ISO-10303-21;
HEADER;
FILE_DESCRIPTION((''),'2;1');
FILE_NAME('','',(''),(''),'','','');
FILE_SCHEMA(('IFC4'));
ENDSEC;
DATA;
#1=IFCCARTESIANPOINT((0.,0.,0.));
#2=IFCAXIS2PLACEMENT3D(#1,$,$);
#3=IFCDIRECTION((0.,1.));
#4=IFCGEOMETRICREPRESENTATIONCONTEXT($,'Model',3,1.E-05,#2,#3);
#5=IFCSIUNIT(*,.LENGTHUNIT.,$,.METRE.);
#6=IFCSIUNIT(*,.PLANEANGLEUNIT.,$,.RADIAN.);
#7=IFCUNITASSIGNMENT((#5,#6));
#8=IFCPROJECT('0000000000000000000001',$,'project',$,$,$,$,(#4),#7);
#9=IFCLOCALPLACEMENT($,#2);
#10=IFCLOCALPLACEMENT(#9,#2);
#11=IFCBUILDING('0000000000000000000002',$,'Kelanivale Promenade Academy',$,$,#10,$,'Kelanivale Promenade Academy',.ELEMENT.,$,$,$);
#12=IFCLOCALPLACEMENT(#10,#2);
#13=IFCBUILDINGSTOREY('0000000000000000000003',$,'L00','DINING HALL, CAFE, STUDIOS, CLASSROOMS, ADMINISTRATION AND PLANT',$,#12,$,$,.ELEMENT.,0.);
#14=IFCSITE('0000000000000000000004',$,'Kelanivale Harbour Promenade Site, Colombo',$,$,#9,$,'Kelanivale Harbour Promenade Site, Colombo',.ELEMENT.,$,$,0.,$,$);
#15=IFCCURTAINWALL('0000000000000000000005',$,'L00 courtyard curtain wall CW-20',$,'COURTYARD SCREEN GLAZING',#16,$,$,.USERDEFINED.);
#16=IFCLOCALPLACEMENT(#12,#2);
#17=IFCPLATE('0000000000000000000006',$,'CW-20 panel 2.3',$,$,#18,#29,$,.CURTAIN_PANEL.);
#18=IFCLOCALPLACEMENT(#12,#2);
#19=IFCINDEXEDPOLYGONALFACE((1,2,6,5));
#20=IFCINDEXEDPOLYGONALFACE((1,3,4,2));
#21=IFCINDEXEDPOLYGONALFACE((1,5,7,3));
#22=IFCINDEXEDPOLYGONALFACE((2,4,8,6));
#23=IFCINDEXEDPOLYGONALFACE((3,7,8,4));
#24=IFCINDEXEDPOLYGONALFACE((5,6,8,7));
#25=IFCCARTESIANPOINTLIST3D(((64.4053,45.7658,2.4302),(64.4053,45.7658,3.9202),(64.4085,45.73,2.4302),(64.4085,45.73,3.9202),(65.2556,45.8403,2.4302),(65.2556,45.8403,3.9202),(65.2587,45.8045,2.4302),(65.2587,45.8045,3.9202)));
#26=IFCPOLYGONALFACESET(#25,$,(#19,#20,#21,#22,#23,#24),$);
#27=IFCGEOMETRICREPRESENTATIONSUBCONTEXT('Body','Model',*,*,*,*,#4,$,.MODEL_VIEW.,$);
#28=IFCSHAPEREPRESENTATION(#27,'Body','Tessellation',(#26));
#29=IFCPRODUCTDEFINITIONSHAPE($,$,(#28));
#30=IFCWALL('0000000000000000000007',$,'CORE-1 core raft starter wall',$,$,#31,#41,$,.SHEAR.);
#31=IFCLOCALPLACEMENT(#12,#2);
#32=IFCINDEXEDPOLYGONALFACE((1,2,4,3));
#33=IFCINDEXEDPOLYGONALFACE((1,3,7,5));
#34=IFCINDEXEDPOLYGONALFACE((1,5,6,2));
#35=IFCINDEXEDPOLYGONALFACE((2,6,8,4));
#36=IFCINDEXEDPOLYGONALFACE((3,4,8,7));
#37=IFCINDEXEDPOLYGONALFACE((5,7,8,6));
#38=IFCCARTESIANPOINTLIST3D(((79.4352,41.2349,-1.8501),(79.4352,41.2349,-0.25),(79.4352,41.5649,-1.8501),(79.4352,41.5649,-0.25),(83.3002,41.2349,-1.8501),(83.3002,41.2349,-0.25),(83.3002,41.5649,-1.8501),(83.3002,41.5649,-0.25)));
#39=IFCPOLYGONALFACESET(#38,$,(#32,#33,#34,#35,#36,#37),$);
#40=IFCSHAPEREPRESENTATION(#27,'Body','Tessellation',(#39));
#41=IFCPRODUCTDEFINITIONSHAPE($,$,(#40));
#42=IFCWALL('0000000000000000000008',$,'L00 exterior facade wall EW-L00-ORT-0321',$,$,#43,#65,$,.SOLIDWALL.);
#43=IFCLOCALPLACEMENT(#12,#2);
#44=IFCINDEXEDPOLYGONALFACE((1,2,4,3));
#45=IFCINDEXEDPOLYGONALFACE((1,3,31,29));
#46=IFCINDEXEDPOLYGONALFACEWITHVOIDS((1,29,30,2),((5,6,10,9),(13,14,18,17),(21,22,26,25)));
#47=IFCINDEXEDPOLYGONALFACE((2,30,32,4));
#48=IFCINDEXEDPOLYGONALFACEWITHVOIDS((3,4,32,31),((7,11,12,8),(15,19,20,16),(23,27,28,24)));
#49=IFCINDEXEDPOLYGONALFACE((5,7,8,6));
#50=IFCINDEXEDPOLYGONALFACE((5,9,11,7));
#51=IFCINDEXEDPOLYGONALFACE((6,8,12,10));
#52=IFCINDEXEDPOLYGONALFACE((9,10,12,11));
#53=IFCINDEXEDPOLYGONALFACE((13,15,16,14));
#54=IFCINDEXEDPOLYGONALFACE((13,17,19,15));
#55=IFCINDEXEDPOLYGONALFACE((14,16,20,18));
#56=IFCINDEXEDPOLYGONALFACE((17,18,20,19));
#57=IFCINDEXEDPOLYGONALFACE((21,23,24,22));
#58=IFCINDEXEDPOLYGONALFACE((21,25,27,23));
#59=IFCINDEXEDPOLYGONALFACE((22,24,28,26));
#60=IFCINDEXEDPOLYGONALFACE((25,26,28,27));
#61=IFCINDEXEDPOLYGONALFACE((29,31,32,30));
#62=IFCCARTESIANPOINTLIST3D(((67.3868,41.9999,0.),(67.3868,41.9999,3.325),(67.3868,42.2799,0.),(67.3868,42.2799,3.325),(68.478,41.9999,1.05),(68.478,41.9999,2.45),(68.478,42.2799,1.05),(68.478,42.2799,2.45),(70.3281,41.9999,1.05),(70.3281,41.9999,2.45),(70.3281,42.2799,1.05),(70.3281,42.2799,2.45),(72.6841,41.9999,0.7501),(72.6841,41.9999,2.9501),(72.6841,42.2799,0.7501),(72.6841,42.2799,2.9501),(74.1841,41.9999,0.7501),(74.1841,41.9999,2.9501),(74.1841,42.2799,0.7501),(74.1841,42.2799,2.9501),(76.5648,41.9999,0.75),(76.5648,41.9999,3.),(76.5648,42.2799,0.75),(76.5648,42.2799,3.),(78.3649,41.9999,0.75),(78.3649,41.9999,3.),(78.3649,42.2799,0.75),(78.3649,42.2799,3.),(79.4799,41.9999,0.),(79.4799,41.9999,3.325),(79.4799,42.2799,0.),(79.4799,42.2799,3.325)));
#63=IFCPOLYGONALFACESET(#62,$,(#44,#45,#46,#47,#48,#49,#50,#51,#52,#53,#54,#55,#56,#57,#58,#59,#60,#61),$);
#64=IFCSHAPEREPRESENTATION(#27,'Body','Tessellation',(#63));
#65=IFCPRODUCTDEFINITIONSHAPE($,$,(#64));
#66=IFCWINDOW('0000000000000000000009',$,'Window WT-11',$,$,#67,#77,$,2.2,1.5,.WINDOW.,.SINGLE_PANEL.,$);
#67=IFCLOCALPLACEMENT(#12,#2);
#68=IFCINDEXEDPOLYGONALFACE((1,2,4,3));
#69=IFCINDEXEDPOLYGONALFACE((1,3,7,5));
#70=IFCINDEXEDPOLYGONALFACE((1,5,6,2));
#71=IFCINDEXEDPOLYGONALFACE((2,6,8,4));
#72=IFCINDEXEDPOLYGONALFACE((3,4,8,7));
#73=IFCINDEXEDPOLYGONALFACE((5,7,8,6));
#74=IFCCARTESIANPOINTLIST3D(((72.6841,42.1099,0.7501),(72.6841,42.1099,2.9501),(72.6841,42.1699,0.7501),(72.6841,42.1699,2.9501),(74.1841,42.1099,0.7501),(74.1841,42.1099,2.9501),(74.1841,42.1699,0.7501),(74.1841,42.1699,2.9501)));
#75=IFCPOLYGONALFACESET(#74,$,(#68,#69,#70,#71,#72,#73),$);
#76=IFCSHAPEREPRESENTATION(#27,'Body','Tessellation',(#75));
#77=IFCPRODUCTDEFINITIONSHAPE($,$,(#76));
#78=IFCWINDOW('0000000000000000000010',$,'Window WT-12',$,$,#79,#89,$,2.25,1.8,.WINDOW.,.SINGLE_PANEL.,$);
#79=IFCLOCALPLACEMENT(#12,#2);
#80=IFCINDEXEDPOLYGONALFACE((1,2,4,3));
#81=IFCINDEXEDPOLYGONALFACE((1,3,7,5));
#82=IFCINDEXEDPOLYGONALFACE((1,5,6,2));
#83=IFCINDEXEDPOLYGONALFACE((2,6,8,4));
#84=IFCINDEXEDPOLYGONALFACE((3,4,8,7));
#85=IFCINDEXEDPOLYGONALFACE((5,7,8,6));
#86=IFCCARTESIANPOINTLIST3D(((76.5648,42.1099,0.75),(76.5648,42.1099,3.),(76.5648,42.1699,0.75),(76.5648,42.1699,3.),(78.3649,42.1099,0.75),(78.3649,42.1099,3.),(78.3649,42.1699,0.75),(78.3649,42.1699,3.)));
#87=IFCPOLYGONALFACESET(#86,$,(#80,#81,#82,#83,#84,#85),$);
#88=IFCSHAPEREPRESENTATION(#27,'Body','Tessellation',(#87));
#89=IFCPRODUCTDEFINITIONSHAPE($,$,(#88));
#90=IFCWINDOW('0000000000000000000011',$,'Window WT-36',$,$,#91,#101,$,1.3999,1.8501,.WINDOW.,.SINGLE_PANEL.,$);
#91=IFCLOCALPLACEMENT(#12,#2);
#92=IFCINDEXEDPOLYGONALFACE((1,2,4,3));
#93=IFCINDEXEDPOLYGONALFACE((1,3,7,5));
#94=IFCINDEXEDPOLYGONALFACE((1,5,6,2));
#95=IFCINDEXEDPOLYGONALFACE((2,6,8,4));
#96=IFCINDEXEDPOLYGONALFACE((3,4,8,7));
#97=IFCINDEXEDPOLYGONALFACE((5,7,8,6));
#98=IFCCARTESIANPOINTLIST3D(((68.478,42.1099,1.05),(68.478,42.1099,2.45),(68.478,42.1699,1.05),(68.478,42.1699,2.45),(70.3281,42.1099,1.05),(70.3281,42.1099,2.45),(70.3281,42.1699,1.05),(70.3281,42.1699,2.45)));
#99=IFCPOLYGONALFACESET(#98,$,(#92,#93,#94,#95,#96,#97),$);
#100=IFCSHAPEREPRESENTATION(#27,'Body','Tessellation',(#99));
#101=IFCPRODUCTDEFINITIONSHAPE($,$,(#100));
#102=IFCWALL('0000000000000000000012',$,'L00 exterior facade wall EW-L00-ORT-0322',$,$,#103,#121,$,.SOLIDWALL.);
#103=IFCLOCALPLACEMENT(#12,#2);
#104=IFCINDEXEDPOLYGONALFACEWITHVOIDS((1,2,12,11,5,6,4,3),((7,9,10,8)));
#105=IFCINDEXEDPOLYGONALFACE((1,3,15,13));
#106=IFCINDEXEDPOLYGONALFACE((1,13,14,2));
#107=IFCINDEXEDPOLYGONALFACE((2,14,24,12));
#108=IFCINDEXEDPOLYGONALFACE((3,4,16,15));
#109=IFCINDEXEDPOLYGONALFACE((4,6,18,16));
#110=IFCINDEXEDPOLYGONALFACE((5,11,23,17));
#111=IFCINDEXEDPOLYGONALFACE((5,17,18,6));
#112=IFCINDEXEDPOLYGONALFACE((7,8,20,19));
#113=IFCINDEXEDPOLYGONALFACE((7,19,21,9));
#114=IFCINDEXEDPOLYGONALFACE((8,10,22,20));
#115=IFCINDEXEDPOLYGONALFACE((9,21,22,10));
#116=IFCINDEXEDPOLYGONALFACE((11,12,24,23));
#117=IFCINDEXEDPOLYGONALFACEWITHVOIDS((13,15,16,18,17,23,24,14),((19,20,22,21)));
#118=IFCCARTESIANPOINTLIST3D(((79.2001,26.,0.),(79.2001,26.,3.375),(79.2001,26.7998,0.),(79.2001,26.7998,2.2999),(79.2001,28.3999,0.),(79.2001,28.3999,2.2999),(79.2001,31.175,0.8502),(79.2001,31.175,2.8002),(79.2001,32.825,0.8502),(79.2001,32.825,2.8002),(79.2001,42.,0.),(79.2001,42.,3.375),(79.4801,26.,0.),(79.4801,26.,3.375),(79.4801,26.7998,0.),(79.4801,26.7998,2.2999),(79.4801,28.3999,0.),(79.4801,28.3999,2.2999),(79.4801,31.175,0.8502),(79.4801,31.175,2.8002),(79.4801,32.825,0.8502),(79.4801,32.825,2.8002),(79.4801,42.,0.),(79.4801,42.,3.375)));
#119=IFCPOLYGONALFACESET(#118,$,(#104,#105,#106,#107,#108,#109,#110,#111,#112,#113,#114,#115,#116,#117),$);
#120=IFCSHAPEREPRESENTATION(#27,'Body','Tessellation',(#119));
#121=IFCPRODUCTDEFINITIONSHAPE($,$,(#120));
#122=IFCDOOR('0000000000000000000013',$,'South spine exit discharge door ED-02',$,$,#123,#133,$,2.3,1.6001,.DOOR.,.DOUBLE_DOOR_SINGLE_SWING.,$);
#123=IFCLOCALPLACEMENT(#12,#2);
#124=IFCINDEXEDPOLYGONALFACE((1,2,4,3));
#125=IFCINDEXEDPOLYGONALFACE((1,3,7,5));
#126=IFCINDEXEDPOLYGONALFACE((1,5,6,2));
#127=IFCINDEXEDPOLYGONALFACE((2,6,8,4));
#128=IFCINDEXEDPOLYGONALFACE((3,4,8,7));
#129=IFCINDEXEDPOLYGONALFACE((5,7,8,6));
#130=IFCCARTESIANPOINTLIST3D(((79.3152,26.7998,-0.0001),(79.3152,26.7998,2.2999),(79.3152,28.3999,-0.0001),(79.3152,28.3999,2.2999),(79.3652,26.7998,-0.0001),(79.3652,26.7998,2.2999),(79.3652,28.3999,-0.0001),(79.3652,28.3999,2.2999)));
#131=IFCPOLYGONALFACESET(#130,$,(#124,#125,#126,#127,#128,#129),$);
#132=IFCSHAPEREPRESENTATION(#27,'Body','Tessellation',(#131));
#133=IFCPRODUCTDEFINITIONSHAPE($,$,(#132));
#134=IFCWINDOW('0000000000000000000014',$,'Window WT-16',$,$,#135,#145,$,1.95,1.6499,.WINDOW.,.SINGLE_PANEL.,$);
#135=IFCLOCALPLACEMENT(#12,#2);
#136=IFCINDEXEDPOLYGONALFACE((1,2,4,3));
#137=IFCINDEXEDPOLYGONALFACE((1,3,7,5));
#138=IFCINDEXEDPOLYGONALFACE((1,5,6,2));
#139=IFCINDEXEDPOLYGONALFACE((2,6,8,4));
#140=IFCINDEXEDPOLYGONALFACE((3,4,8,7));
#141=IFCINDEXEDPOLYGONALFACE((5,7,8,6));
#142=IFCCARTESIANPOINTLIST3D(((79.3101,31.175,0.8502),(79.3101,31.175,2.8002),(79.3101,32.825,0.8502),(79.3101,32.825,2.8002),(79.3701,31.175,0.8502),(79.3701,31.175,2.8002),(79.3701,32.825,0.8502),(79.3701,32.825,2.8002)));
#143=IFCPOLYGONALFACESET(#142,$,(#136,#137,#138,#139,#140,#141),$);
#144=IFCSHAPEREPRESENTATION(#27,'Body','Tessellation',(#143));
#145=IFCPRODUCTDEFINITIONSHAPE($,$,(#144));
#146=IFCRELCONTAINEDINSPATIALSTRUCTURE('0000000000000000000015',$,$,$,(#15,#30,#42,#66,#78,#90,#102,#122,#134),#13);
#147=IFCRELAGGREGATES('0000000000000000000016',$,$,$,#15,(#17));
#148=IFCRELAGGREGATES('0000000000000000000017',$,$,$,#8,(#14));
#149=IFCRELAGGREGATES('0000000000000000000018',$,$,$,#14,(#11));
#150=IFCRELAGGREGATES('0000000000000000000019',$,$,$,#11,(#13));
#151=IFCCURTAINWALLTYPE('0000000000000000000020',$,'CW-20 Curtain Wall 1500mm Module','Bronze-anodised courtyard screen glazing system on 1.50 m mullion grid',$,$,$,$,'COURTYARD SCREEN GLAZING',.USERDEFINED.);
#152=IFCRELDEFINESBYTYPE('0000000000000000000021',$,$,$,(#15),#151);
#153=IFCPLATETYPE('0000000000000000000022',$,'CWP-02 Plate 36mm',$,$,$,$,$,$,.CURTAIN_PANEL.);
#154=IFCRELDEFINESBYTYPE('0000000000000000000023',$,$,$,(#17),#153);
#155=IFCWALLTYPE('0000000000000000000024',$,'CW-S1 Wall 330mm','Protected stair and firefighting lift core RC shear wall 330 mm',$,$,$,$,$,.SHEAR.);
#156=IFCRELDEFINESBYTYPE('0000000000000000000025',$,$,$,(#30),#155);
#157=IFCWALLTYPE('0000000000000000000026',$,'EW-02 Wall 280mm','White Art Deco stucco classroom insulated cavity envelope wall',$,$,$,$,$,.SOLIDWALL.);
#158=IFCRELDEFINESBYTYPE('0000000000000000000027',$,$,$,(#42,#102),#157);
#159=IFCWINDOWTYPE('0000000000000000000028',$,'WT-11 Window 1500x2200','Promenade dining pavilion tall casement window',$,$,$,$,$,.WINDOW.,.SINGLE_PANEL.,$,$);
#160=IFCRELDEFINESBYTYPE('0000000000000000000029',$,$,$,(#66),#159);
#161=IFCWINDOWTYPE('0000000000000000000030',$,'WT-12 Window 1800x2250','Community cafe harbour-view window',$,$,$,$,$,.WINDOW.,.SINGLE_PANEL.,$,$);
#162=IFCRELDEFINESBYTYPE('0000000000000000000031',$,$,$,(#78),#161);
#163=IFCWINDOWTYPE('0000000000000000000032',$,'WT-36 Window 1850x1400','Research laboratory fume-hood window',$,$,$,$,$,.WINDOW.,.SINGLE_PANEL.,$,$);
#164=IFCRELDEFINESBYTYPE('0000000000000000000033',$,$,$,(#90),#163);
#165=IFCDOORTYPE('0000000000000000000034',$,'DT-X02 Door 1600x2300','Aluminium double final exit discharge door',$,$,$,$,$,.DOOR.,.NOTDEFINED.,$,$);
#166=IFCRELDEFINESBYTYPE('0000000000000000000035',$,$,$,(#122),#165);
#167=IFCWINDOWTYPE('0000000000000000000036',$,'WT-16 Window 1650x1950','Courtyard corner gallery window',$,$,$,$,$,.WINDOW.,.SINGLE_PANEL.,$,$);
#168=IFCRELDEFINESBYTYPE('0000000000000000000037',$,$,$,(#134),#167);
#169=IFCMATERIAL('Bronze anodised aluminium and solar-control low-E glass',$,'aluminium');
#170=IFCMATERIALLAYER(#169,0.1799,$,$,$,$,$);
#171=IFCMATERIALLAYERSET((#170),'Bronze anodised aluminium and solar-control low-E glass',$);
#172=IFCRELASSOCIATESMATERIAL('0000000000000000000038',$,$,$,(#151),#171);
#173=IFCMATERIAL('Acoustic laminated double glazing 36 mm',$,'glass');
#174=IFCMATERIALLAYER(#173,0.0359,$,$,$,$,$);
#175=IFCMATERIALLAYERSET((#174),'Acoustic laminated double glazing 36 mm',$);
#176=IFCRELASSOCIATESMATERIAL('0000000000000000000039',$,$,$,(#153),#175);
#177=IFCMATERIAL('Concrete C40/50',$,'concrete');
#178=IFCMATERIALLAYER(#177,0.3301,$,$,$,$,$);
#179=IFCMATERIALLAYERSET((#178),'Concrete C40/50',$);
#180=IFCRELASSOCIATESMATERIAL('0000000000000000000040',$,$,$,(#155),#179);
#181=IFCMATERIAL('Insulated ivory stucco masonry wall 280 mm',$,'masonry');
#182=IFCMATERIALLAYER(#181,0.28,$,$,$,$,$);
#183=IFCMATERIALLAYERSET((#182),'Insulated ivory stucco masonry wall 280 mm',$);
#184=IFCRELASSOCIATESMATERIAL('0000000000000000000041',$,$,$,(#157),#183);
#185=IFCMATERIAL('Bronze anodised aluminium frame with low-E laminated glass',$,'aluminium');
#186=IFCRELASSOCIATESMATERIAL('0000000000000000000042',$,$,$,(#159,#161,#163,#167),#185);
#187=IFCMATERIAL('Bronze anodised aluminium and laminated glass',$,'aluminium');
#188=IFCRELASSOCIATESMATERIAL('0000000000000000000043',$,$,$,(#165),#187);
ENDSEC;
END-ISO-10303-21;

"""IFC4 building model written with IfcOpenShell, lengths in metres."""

from ifc_helpers import new_model, si_unit, direction, frame, frame_2d, origin, origin_2d, place, context, subcontext, project, spatial, rectangle, extrude, material, layer, layer_set, type_object, element, fill, aggregate, save


model = new_model("IFC4")

# Units and contexts
model_context = context("Model", 3, precision=1e-05, world=origin(), true_north=direction((0.0, 1.0)))
body_context = subcontext(model_context, "Body", "Model", "MODEL_VIEW")
ifc_project = project(units=[si_unit("LENGTHUNIT", "METRE"), si_unit("PLANEANGLEUNIT", "RADIAN")], contexts=[model_context])

# Site, building, storey
site_placement = place(None, origin())
site = spatial("IfcSite", under=ifc_project, at=site_placement, Name="Kelanivale Harbour Promenade Site, Colombo", LongName="Kelanivale Harbour Promenade Site, Colombo", CompositionType="ELEMENT", RefElevation=0.0)
building_placement = place(site_placement, origin())
building = spatial("IfcBuilding", under=site, at=building_placement, Name="Kelanivale Promenade Academy", LongName="Kelanivale Promenade Academy", CompositionType="ELEMENT")
storey_placement = place(building_placement, origin())
storey = spatial("IfcBuildingStorey", under=building, at=storey_placement, Name="L00", Description="DINING HALL, CAFE, STUDIOS, CLASSROOMS, ADMINISTRATION AND PLANT", CompositionType="ELEMENT", Elevation=0.0)

# Shared definitions
ifc_material_1 = material(Name="Concrete C40/50", Category="concrete")

# Curtain wall, plate
ifc_material_2 = material(Name="Bronze anodised aluminium and solar-control low-E glass", Category="aluminium")
ifc_layer_1 = layer(ifc_material_2, 0.1799)
ifc_layer_set_1 = layer_set([ifc_layer_1], Name="Bronze anodised aluminium and solar-control low-E glass")
curtain_wall_type = type_object("IfcCurtainWallType", Name="CW-20 Curtain Wall 1500mm Module", Description="Bronze-anodised courtyard screen glazing system on 1.50 m mullion grid", ElementType="COURTYARD SCREEN GLAZING", PredefinedType="USERDEFINED", material=ifc_layer_set_1)
curtain_wall_placement = place(storey_placement, origin())
curtain_wall = element("IfcCurtainWall", 1, at=curtain_wall_placement, inside=storey, type_object=curtain_wall_type, Name="L00 courtyard curtain wall CW-20", ObjectType="COURTYARD SCREEN GLAZING", PredefinedType="USERDEFINED")
ifc_material_3 = material(Name="Acoustic laminated double glazing 36 mm", Category="glass")
ifc_layer_2 = layer(ifc_material_3, 0.0359)
ifc_layer_set_2 = layer_set([ifc_layer_2], Name="Acoustic laminated double glazing 36 mm")
plate_type = type_object("IfcPlateType", Name="CWP-02 Plate 36mm", PredefinedType="CURTAIN_PANEL", material=ifc_layer_set_2)
plate_1_placement = place(storey_placement, frame((64.832, 45.7852, 2.4302), z_axis=(0.0, 0.0, 1.0), x_axis=(0.996185, 0.087265, 0.0)))
plate_1 = element("IfcPlate", 2, at=plate_1_placement, type_object=plate_type, Name="CW-20 panel 2.3", PredefinedType="CURTAIN_PANEL", context=body_context, shape_type="SweptSolid", body=[
    extrude(rectangle(XDim=0.8535, YDim=0.0359, at=origin_2d()), origin(), (0.0, 0.0, 1.0), 1.49),
])
aggregate(curtain_wall, [plate_1])

# Wall
ifc_layer_3 = layer(ifc_material_1, 0.3301)
ifc_layer_set_3 = layer_set([ifc_layer_3], Name="Concrete C40/50")
wall_type_1 = type_object("IfcWallType", Name="CW-S1 Wall 330mm", Description="Protected stair and firefighting lift core RC shear wall 330 mm", PredefinedType="SHEAR", material=ifc_layer_set_3)
wall_1_placement = place(storey_placement, frame((79.4351, 41.3999, -1.8501), z_axis=(0.0, 0.0, 1.0), x_axis=(1.0, 0.0, 0.0)))
element("IfcWall", 3, at=wall_1_placement, inside=storey, type_object=wall_type_1, Name="CORE-1 core raft starter wall", PredefinedType="SHEAR", context=body_context, shape_type="SweptSolid", body=[
    extrude(rectangle(XDim=3.865, YDim=0.3301, at=frame_2d((1.9326, 0.0))), origin(), (0.0, 0.0, 1.0), 1.6001),
])

# Wall, openings, windows
ifc_material_4 = material(Name="Insulated ivory stucco masonry wall 280 mm", Category="masonry")
ifc_layer_4 = layer(ifc_material_4, 0.28)
ifc_layer_set_4 = layer_set([ifc_layer_4], Name="Insulated ivory stucco masonry wall 280 mm")
wall_type_2 = type_object("IfcWallType", Name="EW-02 Wall 280mm", Description="White Art Deco stucco classroom insulated cavity envelope wall", PredefinedType="SOLIDWALL", material=ifc_layer_set_4)
wall_2_placement = place(storey_placement, frame((67.387, 42.1399, 0.0), z_axis=(0.0, 0.0, 1.0), x_axis=(1.0, 0.0, 0.0)))
wall_2 = element("IfcWall", 4, at=wall_2_placement, inside=storey, type_object=wall_type_2, Name="L00 exterior facade wall EW-L00-ORT-0321", PredefinedType="SOLIDWALL", context=body_context, shape_type="SweptSolid", body=[
    extrude(rectangle(XDim=12.093, YDim=0.28, at=frame_2d((6.0464, 0.0))), origin(), (0.0, 0.0, 1.0), 3.325),
])
opening_1_placement = place(wall_2_placement, frame((1.0911, 0.0, 1.05)))
opening_1 = element("IfcOpeningElement", 5, at=opening_1_placement, cuts=wall_2, PredefinedType="OPENING", context=body_context, shape_type="SweptSolid", body=[
    extrude(rectangle(XDim=1.8501, YDim=1.3999, at=frame_2d((0.925, 0.7))), frame((0.0, 0.1499, 0.0), z_axis=(0.0, -1.0, 0.0), x_axis=(1.0, 0.0, 0.0)), (0.0, 0.0, 1.0), 0.3),
])
opening_2_placement = place(wall_2_placement, frame((5.2971, 0.0, 0.75)))
opening_2 = element("IfcOpeningElement", 6, at=opening_2_placement, cuts=wall_2, PredefinedType="OPENING", context=body_context, shape_type="SweptSolid", body=[
    extrude(rectangle(XDim=1.5, YDim=2.2, at=frame_2d((0.75, 1.1001))), frame((0.0, 0.1499, 0.0), z_axis=(0.0, -1.0, 0.0), x_axis=(1.0, 0.0, 0.0)), (0.0, 0.0, 1.0), 0.3),
])
opening_3_placement = place(wall_2_placement, frame((9.178, 0.0, 0.75)))
opening_3 = element("IfcOpeningElement", 7, at=opening_3_placement, cuts=wall_2, PredefinedType="OPENING", context=body_context, shape_type="SweptSolid", body=[
    extrude(rectangle(XDim=1.8, YDim=2.25, at=frame_2d((0.8999, 1.125))), frame((0.0, 0.1499, 0.0), z_axis=(0.0, -1.0, 0.0), x_axis=(1.0, 0.0, 0.0)), (0.0, 0.0, 1.0), 0.3),
])
ifc_material_5 = material(Name="Bronze anodised aluminium frame with low-E laminated glass", Category="aluminium")
window_type_1 = type_object("IfcWindowType", Name="WT-11 Window 1500x2200", Description="Promenade dining pavilion tall casement window", PartitioningType="SINGLE_PANEL", PredefinedType="WINDOW", material=ifc_material_5)
window_1_placement = place(opening_2_placement, origin())
window_1 = element("IfcWindow", 8, at=window_1_placement, inside=storey, type_object=window_type_1, Name="Window WT-11", OverallHeight=2.2, OverallWidth=1.5, PartitioningType="SINGLE_PANEL", PredefinedType="WINDOW", context=body_context, shape_type="SweptSolid", body=[
    extrude(rectangle(XDim=1.5, YDim=2.2, at=frame_2d((0.75, 1.1001))), frame((0.0, 0.03, 0.0), z_axis=(0.0, -1.0, 0.0), x_axis=(1.0, 0.0, 0.0)), (0.0, 0.0, 1.0), 0.0601),
])
fill(opening_2, window_1)
window_type_2 = type_object("IfcWindowType", Name="WT-12 Window 1800x2250", Description="Community cafe harbour-view window", PartitioningType="SINGLE_PANEL", PredefinedType="WINDOW", material=ifc_material_5)
window_2_placement = place(opening_3_placement, origin())
window_2 = element("IfcWindow", 9, at=window_2_placement, inside=storey, type_object=window_type_2, Name="Window WT-12", OverallHeight=2.25, OverallWidth=1.8, PartitioningType="SINGLE_PANEL", PredefinedType="WINDOW", context=body_context, shape_type="SweptSolid", body=[
    extrude(rectangle(XDim=1.8, YDim=2.25, at=frame_2d((0.8999, 1.125))), frame((0.0, 0.03, 0.0), z_axis=(0.0, -1.0, 0.0), x_axis=(1.0, 0.0, 0.0)), (0.0, 0.0, 1.0), 0.0601),
])
fill(opening_3, window_2)
window_type_3 = type_object("IfcWindowType", Name="WT-36 Window 1850x1400", Description="Research laboratory fume-hood window", PartitioningType="SINGLE_PANEL", PredefinedType="WINDOW", material=ifc_material_5)
window_3_placement = place(opening_1_placement, origin())
window_3 = element("IfcWindow", 10, at=window_3_placement, inside=storey, type_object=window_type_3, Name="Window WT-36", OverallHeight=1.3999, OverallWidth=1.8501, PartitioningType="SINGLE_PANEL", PredefinedType="WINDOW", context=body_context, shape_type="SweptSolid", body=[
    extrude(rectangle(XDim=1.8501, YDim=1.3999, at=frame_2d((0.925, 0.7))), frame((0.0, 0.03, 0.0), z_axis=(0.0, -1.0, 0.0), x_axis=(1.0, 0.0, 0.0)), (0.0, 0.0, 1.0), 0.0601),
])
fill(opening_1, window_3)

# Wall, openings, door, window
wall_3_placement = place(storey_placement, frame((79.3401, 42.0, 0.0), z_axis=(0.0, 0.0, 1.0), x_axis=(0.0, -1.0, 0.0)))
wall_3 = element("IfcWall", 11, at=wall_3_placement, inside=storey, type_object=wall_type_2, Name="L00 exterior facade wall EW-L00-ORT-0322", PredefinedType="SOLIDWALL", context=body_context, shape_type="SweptSolid", body=[
    extrude(rectangle(XDim=16.0, YDim=0.28, at=frame_2d((8.0, 0.0))), origin(), (0.0, 0.0, 1.0), 3.375),
])
opening_4_placement = place(wall_3_placement, frame((13.6001, 0.0, 0.0)))
opening_4 = element("IfcOpeningElement", 12, at=opening_4_placement, cuts=wall_3, PredefinedType="OPENING", context=body_context, shape_type="SweptSolid", body=[
    extrude(rectangle(XDim=1.6001, YDim=2.3, at=frame_2d((0.8, 1.1499))), frame((0.0, 0.1499, 0.0), z_axis=(0.0, -1.0, 0.0), x_axis=(1.0, 0.0, 0.0)), (0.0, 0.0, 1.0), 0.3),
])
opening_5_placement = place(wall_3_placement, frame((9.175, 0.0, 0.8501)))
opening_5 = element("IfcOpeningElement", 13, at=opening_5_placement, cuts=wall_3, PredefinedType="OPENING", context=body_context, shape_type="SweptSolid", body=[
    extrude(rectangle(XDim=1.6499, YDim=1.95, at=frame_2d((0.825, 0.9751))), frame((0.0, 0.1499, 0.0), z_axis=(0.0, -1.0, 0.0), x_axis=(1.0, 0.0, 0.0)), (0.0, 0.0, 1.0), 0.3),
])
ifc_material_6 = material(Name="Bronze anodised aluminium and laminated glass", Category="aluminium")
door_type_1 = type_object("IfcDoorType", Name="DT-X02 Door 1600x2300", Description="Aluminium double final exit discharge door", OperationType="NOTDEFINED", PredefinedType="DOOR", material=ifc_material_6)
door_1_placement = place(opening_4_placement, frame((1.6001, 0.0, 0.0), z_axis=(0.0, 0.0, 1.0), x_axis=(-1.0, 0.0, 0.0)))
door_1 = element("IfcDoor", 14, at=door_1_placement, inside=storey, type_object=door_type_1, Name="South spine exit discharge door ED-02", OperationType="DOUBLE_DOOR_SINGLE_SWING", OverallHeight=2.3, OverallWidth=1.6001, PredefinedType="DOOR", context=body_context, shape_type="SweptSolid", body=[
    extrude(rectangle(XDim=1.6001, YDim=2.3, at=frame_2d((0.8, 1.1499))), frame((0.0, 0.0249, 0.0), z_axis=(0.0, -1.0, 0.0), x_axis=(1.0, 0.0, 0.0)), (0.0, 0.0, 1.0), 0.05),
])
fill(opening_4, door_1)
window_type_4 = type_object("IfcWindowType", Name="WT-16 Window 1650x1950", Description="Courtyard corner gallery window", PartitioningType="SINGLE_PANEL", PredefinedType="WINDOW", material=ifc_material_5)
window_4_placement = place(opening_5_placement, origin())
window_4 = element("IfcWindow", 15, at=window_4_placement, inside=storey, type_object=window_type_4, Name="Window WT-16", OverallHeight=1.95, OverallWidth=1.6499, PartitioningType="SINGLE_PANEL", PredefinedType="WINDOW", context=body_context, shape_type="SweptSolid", body=[
    extrude(rectangle(XDim=1.6499, YDim=1.95, at=frame_2d((0.825, 0.9751))), frame((0.0, 0.03, 0.0), z_axis=(0.0, -1.0, 0.0), x_axis=(1.0, 0.0, 0.0)), (0.0, 0.0, 1.0), 0.0601),
])
fill(opening_5, window_4)

save(model, "model.ifc")
